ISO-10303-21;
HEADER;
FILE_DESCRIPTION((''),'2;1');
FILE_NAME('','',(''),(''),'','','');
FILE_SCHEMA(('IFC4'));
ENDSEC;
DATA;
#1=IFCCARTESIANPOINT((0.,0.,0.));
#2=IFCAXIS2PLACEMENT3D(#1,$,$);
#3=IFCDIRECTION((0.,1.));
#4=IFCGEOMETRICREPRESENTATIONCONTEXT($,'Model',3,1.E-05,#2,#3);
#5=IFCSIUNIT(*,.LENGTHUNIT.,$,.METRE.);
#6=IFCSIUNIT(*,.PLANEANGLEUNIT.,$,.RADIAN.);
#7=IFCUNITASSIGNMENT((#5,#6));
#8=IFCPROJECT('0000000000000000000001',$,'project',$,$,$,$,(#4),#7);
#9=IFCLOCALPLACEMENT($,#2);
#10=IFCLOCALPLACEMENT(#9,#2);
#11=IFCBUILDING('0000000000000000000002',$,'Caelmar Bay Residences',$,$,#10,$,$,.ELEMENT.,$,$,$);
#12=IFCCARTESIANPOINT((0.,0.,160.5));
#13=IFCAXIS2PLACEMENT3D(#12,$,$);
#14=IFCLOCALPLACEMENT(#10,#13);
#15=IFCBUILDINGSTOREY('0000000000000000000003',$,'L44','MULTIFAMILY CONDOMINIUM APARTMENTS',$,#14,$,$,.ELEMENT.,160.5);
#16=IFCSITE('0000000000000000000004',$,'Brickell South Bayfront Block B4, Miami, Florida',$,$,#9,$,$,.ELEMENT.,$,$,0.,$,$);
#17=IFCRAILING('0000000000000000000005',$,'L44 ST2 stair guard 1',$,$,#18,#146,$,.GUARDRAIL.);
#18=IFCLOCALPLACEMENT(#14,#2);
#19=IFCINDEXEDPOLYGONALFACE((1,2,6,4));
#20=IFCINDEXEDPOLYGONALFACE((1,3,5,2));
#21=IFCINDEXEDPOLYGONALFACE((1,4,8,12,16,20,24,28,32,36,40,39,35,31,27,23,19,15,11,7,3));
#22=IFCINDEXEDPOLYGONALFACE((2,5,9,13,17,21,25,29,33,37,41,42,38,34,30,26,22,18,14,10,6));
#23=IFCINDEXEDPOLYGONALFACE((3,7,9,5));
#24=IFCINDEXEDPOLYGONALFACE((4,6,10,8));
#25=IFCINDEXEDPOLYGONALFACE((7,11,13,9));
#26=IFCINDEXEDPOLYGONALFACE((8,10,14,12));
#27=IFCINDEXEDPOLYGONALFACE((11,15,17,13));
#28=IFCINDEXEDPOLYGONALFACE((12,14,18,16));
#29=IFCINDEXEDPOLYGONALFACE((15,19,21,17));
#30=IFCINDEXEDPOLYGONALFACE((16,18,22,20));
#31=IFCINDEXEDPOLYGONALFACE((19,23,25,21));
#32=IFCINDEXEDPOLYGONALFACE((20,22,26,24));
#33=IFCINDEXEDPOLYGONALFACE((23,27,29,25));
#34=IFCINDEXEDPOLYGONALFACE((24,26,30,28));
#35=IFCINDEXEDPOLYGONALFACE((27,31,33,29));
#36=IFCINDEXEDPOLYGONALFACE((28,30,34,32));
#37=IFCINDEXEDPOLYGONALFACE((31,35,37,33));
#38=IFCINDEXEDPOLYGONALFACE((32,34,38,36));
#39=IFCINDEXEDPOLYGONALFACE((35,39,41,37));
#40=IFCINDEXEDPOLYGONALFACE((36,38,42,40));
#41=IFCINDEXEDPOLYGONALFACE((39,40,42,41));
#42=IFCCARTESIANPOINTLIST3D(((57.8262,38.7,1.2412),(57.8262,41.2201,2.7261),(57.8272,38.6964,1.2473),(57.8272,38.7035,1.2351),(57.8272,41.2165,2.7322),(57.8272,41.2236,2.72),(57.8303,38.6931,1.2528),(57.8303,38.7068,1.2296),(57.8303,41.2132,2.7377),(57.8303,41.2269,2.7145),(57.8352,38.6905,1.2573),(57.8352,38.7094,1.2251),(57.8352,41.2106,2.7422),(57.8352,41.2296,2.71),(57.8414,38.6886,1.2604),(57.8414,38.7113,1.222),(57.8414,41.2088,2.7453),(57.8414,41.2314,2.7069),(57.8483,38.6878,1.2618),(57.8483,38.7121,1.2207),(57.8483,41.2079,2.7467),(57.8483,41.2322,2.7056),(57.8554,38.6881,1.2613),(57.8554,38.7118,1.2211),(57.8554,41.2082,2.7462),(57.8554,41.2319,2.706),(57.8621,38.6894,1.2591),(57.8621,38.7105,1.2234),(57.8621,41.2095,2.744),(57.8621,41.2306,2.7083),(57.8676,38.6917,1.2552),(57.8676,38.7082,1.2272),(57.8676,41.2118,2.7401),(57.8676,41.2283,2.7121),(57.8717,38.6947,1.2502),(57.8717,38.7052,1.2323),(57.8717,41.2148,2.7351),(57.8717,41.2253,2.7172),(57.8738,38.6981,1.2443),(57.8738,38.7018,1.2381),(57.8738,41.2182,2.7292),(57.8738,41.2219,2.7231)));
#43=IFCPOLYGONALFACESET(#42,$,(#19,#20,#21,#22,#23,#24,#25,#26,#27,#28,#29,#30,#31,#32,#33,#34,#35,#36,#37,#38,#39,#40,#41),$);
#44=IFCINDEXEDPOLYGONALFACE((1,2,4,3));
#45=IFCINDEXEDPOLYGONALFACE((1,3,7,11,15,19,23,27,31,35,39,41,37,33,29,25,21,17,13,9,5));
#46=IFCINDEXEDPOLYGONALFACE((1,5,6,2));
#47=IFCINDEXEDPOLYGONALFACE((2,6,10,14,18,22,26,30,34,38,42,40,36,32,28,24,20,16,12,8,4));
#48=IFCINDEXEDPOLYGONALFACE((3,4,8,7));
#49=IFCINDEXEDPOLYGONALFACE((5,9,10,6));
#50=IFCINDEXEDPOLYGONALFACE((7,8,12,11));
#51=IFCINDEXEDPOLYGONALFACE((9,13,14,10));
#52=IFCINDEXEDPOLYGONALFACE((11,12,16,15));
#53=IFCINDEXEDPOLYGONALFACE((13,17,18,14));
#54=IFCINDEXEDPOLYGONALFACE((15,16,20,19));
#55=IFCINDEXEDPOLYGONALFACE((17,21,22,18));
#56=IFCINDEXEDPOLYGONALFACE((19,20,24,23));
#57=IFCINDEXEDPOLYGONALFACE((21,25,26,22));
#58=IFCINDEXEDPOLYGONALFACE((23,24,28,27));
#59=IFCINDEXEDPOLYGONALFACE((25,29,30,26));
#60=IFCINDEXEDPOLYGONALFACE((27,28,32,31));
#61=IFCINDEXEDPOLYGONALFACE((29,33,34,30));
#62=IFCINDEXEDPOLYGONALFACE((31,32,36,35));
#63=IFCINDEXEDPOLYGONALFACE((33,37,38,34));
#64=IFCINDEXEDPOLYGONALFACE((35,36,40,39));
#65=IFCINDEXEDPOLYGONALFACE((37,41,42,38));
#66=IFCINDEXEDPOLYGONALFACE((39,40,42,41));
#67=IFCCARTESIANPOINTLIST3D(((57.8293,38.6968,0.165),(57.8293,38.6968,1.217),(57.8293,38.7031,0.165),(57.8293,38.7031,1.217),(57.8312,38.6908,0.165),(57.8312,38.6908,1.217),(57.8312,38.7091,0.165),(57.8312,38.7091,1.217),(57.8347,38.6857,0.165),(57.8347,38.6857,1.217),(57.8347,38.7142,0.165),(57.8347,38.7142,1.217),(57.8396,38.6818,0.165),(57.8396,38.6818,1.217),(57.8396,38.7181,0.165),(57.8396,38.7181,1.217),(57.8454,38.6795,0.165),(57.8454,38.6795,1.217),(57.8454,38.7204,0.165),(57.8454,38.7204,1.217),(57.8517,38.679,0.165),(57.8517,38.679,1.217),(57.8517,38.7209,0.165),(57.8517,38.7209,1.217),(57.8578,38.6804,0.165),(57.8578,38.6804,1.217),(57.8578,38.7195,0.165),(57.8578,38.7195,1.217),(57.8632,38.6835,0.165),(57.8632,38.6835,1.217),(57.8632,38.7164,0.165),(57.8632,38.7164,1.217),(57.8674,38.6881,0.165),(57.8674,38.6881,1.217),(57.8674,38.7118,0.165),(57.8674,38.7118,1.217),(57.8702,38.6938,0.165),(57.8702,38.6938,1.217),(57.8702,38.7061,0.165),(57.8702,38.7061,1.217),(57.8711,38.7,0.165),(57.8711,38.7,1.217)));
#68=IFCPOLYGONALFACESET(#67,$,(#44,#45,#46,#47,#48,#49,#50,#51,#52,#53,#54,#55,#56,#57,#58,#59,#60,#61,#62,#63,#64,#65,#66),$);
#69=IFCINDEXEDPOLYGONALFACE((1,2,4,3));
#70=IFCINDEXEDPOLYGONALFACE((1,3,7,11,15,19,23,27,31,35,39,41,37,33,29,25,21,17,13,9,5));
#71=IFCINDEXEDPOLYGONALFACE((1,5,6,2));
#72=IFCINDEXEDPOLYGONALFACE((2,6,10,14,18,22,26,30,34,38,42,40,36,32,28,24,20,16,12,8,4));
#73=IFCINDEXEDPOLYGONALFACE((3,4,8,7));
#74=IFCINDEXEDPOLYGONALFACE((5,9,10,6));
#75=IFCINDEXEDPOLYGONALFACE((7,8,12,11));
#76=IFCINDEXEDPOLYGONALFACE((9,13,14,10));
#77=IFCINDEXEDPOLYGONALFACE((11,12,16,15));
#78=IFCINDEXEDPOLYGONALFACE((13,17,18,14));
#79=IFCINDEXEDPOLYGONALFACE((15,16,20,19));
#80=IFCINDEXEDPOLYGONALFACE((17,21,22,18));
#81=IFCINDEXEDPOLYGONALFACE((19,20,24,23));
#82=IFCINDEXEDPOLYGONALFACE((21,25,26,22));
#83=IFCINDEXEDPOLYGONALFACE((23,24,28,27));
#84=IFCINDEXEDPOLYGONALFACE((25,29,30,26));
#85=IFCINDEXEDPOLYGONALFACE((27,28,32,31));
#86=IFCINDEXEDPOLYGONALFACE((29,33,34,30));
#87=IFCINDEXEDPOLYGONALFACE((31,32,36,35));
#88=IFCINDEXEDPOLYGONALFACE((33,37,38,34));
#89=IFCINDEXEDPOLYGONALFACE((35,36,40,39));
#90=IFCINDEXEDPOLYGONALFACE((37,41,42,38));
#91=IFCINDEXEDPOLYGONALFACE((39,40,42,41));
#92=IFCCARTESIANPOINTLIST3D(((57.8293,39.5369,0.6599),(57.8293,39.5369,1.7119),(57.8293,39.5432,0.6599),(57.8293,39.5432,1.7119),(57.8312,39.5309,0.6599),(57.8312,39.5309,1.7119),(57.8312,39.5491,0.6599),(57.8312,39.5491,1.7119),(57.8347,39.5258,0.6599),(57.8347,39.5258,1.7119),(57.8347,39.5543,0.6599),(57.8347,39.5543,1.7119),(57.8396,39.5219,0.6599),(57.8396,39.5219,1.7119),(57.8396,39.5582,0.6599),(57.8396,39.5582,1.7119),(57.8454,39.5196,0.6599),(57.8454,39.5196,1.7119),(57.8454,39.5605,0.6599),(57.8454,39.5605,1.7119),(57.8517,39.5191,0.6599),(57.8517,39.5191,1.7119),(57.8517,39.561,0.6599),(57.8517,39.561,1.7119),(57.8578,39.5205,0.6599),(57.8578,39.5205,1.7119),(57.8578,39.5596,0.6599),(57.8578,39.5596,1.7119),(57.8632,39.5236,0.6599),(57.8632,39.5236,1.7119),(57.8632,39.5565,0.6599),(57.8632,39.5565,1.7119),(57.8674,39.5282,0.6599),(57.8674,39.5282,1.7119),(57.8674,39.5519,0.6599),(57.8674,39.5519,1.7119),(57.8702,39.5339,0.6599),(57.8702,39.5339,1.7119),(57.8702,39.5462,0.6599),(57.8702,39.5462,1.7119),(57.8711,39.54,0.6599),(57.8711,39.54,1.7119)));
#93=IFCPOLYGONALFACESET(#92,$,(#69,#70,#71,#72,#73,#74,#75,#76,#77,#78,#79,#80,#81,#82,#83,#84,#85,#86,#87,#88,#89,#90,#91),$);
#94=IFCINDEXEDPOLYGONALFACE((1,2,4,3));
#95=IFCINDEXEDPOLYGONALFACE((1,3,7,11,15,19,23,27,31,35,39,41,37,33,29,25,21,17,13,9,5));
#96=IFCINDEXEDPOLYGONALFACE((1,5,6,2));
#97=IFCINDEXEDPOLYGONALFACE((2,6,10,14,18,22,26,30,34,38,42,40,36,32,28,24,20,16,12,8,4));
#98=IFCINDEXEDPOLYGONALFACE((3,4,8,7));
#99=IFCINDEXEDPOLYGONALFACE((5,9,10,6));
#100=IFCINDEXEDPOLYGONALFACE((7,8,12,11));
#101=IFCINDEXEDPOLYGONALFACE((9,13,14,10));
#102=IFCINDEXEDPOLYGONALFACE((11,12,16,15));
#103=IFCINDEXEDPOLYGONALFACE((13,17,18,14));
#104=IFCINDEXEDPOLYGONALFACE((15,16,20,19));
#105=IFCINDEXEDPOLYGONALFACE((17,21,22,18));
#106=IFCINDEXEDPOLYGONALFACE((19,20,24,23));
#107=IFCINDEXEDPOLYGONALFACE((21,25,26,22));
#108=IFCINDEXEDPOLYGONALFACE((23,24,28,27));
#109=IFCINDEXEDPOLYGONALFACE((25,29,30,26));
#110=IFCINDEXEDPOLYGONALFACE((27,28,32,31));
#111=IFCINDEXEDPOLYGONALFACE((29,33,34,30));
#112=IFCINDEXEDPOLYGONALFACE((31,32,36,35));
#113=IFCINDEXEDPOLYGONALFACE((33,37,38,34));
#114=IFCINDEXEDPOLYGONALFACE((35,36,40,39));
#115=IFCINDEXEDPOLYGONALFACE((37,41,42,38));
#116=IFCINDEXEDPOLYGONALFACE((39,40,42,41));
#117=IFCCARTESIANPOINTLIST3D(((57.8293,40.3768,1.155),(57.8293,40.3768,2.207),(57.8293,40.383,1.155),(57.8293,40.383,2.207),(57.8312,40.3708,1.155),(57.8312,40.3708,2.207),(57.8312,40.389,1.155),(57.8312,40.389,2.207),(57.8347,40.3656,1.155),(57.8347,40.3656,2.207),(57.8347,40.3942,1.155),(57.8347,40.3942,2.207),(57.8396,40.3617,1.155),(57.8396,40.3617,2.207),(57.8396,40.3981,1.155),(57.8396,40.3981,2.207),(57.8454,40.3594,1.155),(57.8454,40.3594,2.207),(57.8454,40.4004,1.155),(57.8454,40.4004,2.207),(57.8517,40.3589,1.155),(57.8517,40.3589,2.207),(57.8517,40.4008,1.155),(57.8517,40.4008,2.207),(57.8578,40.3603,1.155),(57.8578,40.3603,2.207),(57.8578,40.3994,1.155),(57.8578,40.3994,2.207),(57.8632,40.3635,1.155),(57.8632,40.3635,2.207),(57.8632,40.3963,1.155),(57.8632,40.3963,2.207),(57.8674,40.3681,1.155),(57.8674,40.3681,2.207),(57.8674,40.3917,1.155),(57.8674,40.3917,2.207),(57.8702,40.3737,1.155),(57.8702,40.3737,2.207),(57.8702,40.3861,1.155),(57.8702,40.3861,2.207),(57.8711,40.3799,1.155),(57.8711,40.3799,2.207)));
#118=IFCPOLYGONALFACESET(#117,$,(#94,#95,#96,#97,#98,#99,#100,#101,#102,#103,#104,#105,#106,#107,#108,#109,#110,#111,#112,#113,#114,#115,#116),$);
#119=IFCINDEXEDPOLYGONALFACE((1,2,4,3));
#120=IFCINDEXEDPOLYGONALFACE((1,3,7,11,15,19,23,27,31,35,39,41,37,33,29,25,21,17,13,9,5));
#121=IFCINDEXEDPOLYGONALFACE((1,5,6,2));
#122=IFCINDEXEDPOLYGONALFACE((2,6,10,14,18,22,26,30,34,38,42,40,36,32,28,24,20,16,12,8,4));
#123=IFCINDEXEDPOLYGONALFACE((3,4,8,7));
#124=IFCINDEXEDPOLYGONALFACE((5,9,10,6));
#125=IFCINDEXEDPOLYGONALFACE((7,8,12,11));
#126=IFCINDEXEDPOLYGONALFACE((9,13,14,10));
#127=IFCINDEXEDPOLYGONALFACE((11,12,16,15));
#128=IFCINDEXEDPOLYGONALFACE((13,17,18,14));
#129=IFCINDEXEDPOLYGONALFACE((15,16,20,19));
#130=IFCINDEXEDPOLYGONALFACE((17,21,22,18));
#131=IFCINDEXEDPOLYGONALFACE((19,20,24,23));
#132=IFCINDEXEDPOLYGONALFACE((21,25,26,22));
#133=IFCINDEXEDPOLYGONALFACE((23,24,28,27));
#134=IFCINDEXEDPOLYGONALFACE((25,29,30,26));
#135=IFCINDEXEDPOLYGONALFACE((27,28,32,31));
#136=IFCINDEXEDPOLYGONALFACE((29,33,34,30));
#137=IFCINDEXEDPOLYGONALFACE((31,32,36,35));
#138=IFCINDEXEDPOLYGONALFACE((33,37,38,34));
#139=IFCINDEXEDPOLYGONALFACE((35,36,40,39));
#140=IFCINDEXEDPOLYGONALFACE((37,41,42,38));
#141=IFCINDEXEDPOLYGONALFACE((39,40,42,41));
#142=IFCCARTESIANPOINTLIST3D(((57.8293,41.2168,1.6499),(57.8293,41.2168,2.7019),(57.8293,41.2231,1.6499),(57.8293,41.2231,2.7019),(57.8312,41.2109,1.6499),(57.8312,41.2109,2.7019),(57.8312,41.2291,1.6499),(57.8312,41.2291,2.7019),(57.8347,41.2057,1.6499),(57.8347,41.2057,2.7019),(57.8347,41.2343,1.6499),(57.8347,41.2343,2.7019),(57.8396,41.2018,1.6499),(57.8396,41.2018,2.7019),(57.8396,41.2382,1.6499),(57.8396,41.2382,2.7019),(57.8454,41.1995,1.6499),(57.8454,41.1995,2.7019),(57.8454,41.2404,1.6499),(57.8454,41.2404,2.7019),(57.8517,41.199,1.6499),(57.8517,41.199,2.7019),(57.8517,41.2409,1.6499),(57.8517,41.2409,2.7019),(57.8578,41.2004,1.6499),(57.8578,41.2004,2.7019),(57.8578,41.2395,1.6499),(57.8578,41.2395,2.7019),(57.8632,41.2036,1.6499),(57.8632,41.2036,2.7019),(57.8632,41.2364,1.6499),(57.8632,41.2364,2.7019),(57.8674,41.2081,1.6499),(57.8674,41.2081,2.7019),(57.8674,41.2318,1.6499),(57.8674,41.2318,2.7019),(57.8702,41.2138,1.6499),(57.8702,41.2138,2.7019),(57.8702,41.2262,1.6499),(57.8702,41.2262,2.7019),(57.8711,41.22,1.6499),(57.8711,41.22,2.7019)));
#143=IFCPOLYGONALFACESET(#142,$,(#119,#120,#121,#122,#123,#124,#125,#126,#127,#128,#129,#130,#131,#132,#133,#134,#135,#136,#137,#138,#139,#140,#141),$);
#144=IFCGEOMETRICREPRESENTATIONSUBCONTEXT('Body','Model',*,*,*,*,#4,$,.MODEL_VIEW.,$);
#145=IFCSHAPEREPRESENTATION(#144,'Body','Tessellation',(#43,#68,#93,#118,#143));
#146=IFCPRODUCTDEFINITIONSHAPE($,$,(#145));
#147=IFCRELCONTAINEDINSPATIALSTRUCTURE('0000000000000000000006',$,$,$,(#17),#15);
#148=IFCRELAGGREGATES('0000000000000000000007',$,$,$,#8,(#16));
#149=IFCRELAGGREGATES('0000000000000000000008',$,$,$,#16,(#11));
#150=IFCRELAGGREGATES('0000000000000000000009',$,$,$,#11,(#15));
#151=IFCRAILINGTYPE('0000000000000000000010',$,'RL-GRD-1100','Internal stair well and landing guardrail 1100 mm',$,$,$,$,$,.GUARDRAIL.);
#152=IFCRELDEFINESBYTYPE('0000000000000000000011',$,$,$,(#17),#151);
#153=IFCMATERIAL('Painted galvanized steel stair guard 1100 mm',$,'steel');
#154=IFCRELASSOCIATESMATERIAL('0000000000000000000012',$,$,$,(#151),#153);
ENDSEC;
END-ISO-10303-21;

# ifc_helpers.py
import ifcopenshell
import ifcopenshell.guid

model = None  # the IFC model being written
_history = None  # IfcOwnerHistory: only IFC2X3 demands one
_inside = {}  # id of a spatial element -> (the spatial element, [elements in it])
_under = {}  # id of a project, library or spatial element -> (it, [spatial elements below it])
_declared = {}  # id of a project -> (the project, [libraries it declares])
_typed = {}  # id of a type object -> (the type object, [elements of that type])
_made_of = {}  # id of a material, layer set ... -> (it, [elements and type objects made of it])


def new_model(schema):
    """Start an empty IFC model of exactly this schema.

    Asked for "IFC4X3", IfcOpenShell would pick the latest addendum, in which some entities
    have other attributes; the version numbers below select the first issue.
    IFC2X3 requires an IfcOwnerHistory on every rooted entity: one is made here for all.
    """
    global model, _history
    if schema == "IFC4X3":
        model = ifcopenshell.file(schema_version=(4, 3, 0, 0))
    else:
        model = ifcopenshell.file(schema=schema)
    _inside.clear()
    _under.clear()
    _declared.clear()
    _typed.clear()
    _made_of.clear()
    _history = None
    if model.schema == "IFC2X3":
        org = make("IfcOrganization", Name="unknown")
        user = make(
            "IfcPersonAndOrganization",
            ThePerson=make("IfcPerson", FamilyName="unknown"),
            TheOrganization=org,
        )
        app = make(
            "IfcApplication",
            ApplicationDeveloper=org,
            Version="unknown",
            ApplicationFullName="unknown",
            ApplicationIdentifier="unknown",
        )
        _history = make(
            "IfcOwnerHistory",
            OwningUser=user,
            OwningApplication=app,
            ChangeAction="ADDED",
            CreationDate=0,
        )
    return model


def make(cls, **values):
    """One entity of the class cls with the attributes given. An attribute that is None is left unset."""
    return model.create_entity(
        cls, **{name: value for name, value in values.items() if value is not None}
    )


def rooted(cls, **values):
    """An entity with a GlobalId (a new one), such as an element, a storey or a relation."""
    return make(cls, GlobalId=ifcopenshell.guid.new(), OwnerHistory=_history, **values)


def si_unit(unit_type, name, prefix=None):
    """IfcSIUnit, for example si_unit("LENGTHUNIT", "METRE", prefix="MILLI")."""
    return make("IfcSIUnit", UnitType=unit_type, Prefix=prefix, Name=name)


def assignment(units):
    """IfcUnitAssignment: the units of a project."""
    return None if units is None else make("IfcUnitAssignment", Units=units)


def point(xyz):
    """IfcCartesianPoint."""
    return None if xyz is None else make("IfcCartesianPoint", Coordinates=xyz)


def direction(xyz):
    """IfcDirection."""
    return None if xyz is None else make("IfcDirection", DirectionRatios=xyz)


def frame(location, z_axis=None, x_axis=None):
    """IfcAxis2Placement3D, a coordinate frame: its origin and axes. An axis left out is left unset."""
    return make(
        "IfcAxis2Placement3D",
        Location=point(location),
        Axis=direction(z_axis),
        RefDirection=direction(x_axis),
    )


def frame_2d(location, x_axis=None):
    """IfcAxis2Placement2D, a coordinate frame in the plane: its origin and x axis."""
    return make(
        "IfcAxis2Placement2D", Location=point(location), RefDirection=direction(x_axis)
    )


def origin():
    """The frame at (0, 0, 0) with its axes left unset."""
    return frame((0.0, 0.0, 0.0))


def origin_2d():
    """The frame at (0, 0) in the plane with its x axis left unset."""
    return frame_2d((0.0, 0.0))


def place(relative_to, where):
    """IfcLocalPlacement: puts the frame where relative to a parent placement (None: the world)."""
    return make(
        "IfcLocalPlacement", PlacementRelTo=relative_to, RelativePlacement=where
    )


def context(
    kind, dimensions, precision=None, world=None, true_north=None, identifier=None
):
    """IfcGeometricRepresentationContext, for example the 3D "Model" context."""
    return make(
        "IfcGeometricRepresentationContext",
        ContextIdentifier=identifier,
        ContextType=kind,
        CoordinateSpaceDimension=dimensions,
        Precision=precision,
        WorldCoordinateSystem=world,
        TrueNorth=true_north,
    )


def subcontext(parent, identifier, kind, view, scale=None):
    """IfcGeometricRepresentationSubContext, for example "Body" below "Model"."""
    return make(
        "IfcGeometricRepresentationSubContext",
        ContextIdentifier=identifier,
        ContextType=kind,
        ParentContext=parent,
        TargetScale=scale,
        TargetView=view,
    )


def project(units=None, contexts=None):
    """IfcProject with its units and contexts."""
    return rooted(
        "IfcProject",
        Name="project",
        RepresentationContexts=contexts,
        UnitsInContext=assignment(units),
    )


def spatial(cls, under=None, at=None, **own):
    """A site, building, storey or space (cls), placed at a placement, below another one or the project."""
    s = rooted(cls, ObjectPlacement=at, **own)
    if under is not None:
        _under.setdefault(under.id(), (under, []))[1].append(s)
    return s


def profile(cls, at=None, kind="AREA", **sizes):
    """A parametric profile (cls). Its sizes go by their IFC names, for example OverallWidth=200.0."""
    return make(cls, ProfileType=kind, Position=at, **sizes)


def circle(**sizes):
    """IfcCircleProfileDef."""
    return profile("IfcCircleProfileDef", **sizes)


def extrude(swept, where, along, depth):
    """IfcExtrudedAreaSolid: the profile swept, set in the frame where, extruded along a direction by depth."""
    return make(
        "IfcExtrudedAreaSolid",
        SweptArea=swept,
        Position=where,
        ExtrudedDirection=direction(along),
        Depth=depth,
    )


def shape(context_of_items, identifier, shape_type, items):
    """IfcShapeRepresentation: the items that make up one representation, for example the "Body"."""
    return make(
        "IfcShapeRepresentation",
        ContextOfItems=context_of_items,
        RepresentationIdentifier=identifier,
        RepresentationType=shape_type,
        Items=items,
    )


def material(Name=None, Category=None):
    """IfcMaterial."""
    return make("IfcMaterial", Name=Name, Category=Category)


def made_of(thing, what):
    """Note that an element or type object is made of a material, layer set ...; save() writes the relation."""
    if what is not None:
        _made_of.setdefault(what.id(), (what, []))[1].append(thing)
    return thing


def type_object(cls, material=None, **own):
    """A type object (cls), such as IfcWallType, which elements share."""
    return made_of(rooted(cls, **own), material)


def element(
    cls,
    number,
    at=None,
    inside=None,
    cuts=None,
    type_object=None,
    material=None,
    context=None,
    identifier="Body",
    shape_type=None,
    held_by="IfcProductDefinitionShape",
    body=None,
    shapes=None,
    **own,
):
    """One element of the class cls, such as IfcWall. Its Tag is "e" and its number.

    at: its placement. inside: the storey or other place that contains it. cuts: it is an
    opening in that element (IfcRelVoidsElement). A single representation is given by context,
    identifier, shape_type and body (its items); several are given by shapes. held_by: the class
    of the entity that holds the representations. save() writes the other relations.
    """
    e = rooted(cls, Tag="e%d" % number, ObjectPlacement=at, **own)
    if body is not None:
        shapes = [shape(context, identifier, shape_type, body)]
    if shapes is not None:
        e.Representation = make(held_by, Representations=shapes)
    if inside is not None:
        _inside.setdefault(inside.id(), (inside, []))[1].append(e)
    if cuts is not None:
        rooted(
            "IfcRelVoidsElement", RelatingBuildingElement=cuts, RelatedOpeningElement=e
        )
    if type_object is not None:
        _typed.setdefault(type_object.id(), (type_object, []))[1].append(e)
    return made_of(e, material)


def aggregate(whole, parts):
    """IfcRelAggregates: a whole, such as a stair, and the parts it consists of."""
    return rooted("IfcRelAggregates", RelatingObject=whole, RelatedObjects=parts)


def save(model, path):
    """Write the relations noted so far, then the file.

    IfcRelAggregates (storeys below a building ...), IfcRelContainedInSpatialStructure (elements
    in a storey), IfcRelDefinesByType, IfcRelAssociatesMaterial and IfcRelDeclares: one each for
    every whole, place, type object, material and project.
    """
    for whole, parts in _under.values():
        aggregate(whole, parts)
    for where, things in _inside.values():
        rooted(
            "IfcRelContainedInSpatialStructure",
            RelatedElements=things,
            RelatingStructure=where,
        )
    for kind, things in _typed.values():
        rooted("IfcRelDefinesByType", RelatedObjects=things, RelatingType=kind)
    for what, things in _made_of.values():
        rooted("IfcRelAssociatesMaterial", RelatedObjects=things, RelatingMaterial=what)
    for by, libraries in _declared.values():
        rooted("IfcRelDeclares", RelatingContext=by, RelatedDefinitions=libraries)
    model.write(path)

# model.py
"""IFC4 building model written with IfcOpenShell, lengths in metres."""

from ifc_helpers import new_model, si_unit, direction, frame, origin, origin_2d, place, context, subcontext, project, spatial, circle, extrude, material, type_object, element, save


model = new_model("IFC4")

# Units and contexts
model_context = context("Model", 3, precision=1e-05, world=origin(), true_north=direction((0.0, 1.0)))
body_context = subcontext(model_context, "Body", "Model", "MODEL_VIEW")
ifc_project = project(units=[si_unit("LENGTHUNIT", "METRE"), si_unit("PLANEANGLEUNIT", "RADIAN")], contexts=[model_context])

# Site, building, storey
site_placement = place(None, origin())
site = spatial("IfcSite", under=ifc_project, at=site_placement, Name="Brickell South Bayfront Block B4, Miami, Florida", CompositionType="ELEMENT", RefElevation=0.0)
building_placement = place(site_placement, origin())
building = spatial("IfcBuilding", under=site, at=building_placement, Name="Caelmar Bay Residences", CompositionType="ELEMENT")
storey_placement = place(building_placement, frame((0.0, 0.0, 160.5)))
storey = spatial("IfcBuildingStorey", under=building, at=storey_placement, Name="L44", Description="MULTIFAMILY CONDOMINIUM APARTMENTS", CompositionType="ELEMENT", Elevation=160.5)

# Railing
ifc_material_1 = material(Name="Painted galvanized steel stair guard 1100 mm", Category="steel")
railing_type_1 = type_object("IfcRailingType", Name="RL-GRD-1100", Description="Internal stair well and landing guardrail 1100 mm", PredefinedType="GUARDRAIL", material=ifc_material_1)
railing_1_placement = place(storey_placement, frame((57.8501, 38.7, 0.165)))
element("IfcRailing", 1, at=railing_1_placement, inside=storey, type_object=railing_type_1, Name="L44 ST2 stair guard 1", PredefinedType="GUARDRAIL", context=body_context, shape_type="SweptSolid", body=[
    extrude(circle(Radius=0.0239, at=origin_2d()), frame((0.0, 0.0, 1.0762), z_axis=(0.0, 0.861561, 0.507655), x_axis=(-1.0, 0.0, 0.0)), (0.0, 0.0, 1.0), 2.925),
    extrude(circle(Radius=0.021, at=origin_2d()), origin(), (0.0, 0.0, 1.0), 1.052),
    extrude(circle(Radius=0.021, at=origin_2d()), frame((0.0, 0.8401, 0.4949)), (0.0, 0.0, 1.0), 1.052),
    extrude(circle(Radius=0.021, at=origin_2d()), frame((0.0, 1.6799, 0.99)), (0.0, 0.0, 1.0), 1.052),
    extrude(circle(Radius=0.021, at=origin_2d()), frame((0.0, 2.52, 1.4849)), (0.0, 0.0, 1.0), 1.052),
])

save(model, "model.ifc")
